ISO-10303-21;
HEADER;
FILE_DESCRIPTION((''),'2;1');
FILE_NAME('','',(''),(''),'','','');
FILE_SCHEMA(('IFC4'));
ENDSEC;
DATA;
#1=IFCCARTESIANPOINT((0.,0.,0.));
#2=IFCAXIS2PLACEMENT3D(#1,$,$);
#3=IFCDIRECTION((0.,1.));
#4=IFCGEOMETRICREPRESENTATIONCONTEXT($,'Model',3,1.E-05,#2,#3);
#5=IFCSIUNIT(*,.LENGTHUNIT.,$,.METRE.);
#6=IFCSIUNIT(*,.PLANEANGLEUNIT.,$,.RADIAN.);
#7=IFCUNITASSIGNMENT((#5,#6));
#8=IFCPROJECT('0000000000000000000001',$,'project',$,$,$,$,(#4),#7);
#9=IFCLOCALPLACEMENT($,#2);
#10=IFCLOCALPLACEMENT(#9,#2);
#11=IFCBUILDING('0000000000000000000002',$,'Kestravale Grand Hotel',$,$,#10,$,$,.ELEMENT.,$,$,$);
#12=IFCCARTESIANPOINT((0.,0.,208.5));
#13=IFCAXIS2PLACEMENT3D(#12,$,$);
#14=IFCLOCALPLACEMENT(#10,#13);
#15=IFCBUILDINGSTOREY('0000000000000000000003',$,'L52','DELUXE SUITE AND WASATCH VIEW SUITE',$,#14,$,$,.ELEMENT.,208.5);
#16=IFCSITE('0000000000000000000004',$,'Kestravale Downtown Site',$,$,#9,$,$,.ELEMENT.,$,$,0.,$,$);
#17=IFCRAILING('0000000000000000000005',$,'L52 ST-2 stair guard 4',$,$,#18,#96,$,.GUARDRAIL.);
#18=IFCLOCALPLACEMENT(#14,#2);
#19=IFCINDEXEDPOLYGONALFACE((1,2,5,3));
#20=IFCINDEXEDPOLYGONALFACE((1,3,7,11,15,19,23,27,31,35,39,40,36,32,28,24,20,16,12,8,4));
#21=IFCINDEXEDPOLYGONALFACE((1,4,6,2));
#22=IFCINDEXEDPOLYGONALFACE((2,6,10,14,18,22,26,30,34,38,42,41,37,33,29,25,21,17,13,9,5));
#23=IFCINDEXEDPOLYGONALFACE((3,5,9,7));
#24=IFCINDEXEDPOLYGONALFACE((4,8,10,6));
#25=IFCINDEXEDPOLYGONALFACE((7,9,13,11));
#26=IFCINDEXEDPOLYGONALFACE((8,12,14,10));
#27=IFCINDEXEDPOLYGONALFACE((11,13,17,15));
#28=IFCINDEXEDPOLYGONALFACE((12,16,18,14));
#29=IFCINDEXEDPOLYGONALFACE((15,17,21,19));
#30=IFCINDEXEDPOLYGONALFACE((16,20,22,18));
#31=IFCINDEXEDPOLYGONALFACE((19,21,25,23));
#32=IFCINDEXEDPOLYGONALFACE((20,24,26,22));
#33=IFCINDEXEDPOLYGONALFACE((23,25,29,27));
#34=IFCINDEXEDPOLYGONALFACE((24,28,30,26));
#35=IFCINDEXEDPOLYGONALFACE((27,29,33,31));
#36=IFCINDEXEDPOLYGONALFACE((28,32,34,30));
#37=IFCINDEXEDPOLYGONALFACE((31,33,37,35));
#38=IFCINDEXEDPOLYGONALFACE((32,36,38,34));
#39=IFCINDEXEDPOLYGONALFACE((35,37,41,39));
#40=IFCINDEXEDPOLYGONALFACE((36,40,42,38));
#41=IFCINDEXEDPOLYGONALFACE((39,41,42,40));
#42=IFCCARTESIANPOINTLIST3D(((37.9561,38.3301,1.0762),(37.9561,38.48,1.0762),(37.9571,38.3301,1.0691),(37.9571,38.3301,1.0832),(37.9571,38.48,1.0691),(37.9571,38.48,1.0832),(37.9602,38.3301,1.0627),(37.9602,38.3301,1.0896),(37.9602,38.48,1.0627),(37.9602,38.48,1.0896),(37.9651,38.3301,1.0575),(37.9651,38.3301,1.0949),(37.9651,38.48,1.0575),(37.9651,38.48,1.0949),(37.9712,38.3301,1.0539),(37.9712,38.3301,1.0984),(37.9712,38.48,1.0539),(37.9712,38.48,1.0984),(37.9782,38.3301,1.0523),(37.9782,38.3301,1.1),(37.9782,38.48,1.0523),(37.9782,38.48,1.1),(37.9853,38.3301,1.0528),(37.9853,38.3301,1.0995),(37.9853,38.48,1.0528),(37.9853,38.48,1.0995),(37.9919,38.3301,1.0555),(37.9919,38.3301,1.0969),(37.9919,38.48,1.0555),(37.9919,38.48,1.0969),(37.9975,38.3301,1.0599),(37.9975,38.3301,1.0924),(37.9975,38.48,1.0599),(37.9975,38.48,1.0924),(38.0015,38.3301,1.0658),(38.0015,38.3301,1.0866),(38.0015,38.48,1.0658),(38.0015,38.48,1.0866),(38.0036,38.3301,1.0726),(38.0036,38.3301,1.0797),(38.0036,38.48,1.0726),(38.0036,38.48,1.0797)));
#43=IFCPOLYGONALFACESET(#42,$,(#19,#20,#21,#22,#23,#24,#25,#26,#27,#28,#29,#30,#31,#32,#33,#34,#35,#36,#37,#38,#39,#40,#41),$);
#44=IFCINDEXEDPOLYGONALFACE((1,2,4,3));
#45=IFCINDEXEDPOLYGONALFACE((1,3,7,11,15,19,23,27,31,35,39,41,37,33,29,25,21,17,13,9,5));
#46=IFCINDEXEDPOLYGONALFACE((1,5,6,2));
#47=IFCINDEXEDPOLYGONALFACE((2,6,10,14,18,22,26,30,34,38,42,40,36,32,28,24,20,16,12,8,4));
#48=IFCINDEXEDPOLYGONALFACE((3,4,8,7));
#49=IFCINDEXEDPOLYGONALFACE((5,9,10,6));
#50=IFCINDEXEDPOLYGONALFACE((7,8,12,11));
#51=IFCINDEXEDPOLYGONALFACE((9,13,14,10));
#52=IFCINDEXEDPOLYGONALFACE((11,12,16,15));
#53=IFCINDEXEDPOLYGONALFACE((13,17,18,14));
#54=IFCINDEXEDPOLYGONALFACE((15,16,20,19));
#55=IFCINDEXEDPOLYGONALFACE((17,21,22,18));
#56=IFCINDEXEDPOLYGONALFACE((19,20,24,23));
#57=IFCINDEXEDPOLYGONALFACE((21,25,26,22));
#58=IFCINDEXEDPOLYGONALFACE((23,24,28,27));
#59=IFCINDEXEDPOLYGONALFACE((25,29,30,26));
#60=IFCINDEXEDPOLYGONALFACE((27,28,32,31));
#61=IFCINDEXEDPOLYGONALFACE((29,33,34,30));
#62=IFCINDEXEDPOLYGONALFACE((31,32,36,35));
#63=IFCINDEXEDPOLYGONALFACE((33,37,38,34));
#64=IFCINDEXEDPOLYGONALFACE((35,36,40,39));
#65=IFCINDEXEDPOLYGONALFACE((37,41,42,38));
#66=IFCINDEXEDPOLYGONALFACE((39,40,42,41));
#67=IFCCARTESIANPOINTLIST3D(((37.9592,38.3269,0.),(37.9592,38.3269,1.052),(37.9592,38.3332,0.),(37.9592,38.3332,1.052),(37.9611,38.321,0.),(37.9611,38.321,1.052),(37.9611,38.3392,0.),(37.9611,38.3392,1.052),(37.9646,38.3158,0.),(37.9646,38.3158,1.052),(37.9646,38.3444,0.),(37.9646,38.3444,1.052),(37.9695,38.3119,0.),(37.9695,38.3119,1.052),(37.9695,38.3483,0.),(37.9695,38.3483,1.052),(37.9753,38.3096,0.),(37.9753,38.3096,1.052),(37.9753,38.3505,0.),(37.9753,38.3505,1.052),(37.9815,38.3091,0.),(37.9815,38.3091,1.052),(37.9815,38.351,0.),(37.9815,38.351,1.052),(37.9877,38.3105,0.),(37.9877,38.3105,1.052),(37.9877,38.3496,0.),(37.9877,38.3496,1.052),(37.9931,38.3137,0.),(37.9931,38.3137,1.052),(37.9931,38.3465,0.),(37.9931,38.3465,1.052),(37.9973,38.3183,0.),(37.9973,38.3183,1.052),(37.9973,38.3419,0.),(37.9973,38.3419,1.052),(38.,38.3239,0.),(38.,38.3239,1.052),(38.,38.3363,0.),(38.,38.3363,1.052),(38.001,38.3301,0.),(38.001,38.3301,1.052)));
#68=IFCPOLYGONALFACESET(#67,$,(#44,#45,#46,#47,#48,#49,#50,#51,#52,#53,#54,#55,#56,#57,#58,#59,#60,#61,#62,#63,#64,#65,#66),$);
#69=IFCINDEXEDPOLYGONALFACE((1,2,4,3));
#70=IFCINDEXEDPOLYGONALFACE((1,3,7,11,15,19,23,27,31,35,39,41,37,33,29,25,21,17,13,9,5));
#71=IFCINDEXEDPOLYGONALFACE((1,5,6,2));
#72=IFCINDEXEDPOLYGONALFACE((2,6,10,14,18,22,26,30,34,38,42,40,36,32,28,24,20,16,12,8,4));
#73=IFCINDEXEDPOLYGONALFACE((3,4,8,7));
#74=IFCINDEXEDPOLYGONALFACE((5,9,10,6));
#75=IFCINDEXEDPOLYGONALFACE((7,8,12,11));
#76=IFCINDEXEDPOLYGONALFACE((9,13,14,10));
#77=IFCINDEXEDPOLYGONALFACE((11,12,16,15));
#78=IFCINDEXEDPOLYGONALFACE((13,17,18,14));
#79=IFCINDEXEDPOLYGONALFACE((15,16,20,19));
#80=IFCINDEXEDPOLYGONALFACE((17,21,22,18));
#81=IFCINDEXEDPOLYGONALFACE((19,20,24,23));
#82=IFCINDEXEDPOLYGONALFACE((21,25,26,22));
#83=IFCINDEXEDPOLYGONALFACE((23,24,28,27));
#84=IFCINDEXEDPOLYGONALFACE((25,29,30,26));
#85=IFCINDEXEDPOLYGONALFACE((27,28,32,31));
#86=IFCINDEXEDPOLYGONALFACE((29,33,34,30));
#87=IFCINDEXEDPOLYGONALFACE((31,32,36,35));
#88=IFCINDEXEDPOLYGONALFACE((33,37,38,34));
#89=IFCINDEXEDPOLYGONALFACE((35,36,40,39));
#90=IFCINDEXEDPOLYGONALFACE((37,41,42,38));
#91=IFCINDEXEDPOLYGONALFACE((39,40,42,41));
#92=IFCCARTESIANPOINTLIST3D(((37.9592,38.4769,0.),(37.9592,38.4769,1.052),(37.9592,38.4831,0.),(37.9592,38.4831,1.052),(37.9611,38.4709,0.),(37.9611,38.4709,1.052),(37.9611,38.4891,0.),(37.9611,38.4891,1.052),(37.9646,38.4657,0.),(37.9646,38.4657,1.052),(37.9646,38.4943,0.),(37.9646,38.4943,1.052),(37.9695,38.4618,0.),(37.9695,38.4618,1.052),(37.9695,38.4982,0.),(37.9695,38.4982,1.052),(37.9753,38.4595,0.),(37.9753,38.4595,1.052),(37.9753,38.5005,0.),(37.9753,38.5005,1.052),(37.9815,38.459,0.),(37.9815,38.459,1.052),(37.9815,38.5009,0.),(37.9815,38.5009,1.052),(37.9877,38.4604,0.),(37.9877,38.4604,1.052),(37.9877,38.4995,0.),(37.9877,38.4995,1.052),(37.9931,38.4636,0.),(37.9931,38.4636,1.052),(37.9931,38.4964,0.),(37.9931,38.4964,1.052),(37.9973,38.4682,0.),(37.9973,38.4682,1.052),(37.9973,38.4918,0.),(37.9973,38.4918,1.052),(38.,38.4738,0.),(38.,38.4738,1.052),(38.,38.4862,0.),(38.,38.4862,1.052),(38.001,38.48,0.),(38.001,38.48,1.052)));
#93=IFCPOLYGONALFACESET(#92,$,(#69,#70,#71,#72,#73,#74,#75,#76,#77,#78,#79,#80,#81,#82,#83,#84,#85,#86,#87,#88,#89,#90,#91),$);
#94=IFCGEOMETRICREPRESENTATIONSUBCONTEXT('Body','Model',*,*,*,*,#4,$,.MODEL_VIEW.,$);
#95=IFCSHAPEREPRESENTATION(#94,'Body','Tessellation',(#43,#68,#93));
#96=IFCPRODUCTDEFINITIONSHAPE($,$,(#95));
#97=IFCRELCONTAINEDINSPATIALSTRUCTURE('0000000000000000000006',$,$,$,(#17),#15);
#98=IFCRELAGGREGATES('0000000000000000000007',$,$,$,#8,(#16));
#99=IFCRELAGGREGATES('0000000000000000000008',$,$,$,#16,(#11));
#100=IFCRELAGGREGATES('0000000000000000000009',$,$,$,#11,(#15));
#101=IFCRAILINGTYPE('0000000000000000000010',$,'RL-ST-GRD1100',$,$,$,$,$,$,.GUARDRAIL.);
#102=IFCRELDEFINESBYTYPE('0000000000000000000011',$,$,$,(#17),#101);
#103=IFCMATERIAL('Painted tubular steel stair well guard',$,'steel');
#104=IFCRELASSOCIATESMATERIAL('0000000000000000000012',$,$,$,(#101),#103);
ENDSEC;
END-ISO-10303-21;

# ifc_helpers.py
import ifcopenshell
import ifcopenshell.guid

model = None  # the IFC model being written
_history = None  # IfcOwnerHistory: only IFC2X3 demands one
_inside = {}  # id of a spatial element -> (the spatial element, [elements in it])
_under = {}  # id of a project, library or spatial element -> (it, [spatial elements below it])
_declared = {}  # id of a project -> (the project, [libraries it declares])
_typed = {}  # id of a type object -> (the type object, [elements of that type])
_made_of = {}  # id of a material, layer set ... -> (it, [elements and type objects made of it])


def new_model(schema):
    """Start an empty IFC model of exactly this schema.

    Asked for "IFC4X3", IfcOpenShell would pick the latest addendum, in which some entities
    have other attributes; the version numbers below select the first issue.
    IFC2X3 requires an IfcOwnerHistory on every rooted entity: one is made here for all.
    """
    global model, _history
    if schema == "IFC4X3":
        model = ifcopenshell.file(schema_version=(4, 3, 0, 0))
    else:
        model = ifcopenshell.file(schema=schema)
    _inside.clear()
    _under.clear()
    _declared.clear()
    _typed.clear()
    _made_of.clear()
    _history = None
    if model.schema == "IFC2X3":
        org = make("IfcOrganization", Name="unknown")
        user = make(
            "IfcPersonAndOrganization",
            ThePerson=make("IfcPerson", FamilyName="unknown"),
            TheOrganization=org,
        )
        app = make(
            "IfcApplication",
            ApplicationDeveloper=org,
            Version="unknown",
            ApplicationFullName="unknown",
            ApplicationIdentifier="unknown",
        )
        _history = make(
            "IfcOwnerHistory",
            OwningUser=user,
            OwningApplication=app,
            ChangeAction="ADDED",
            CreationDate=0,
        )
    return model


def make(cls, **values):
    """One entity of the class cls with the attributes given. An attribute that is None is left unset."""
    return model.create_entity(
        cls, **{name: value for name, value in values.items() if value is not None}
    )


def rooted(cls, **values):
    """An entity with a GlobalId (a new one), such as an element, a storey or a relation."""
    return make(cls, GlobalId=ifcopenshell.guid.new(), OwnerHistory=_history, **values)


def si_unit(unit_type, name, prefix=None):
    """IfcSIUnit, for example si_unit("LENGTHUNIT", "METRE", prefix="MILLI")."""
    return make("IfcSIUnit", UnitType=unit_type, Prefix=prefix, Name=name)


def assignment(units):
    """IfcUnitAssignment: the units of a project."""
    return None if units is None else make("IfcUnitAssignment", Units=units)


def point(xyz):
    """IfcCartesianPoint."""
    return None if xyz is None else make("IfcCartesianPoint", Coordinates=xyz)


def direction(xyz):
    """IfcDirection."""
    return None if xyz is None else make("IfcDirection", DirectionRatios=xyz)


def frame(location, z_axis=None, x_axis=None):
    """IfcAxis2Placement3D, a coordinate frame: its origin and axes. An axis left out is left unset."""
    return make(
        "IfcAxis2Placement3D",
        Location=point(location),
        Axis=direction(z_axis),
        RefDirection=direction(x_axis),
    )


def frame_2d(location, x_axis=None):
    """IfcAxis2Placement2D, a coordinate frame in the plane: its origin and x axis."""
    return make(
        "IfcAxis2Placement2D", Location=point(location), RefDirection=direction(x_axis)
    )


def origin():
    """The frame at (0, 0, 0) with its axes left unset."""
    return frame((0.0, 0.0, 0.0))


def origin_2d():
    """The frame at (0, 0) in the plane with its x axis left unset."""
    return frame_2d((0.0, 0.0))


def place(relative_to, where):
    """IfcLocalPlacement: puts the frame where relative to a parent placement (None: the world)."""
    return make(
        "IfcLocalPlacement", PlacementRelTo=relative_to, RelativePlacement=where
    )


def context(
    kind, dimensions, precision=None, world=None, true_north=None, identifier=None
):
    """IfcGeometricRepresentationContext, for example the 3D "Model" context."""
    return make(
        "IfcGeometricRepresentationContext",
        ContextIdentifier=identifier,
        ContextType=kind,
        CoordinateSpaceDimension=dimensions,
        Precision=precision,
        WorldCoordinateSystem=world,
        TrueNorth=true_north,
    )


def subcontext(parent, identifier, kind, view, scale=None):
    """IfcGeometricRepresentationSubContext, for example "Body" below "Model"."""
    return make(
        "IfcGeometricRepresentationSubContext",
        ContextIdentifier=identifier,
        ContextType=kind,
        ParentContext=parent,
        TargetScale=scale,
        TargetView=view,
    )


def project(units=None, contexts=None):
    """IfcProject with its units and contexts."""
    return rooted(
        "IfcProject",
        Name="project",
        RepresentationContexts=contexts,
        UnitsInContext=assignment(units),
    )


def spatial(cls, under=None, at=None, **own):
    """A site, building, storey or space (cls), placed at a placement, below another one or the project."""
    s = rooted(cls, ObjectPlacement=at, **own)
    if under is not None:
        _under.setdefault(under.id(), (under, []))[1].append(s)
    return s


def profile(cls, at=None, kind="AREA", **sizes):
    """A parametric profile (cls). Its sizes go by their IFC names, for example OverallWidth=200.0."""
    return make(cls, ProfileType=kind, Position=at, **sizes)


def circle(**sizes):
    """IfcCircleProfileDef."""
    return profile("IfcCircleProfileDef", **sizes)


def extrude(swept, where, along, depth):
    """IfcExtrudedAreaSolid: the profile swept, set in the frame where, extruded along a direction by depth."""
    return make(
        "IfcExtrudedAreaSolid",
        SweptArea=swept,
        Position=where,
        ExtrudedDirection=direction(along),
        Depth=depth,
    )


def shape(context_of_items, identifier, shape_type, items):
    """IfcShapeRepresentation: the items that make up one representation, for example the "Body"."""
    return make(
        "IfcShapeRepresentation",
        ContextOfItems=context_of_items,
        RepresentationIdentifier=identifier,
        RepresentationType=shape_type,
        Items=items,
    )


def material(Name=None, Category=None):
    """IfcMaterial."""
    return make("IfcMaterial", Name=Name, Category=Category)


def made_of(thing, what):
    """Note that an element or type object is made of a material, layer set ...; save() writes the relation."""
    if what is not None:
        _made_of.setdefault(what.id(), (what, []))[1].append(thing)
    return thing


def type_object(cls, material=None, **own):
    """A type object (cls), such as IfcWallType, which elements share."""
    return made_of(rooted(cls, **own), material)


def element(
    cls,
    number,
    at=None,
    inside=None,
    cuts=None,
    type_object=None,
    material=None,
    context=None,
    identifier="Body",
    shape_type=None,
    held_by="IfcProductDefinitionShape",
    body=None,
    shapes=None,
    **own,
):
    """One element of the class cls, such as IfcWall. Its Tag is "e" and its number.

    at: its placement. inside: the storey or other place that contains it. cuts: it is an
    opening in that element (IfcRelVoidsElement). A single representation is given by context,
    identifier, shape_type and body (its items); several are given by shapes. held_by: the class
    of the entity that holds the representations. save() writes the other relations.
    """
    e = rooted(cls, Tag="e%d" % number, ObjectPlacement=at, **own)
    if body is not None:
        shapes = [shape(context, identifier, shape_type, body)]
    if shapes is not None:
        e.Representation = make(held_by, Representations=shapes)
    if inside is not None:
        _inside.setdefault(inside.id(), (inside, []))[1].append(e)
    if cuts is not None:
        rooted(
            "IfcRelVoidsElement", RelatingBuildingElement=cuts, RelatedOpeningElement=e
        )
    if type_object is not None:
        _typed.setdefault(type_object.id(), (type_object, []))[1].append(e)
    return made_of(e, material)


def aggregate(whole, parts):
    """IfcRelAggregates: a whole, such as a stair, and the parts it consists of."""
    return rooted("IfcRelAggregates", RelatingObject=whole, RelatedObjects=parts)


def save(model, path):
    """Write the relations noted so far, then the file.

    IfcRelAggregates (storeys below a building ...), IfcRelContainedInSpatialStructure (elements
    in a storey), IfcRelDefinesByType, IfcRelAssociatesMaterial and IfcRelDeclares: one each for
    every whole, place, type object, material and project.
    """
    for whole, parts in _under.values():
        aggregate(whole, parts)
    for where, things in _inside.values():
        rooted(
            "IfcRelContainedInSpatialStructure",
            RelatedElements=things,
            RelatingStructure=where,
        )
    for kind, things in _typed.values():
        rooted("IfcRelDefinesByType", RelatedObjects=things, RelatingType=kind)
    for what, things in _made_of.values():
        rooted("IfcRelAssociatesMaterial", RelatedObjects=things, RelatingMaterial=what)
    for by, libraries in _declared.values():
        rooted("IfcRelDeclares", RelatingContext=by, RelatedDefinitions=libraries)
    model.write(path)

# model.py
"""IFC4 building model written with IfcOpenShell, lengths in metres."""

from ifc_helpers import new_model, si_unit, direction, frame, origin, origin_2d, place, context, subcontext, project, spatial, circle, extrude, material, type_object, element, save


model = new_model("IFC4")

# Units and contexts
model_context = context("Model", 3, precision=1e-05, world=origin(), true_north=direction((0.0, 1.0)))
body_context = subcontext(model_context, "Body", "Model", "MODEL_VIEW")
ifc_project = project(units=[si_unit("LENGTHUNIT", "METRE"), si_unit("PLANEANGLEUNIT", "RADIAN")], contexts=[model_context])

# Site, building, storey
site_placement = place(None, origin())
site = spatial("IfcSite", under=ifc_project, at=site_placement, Name="Kestravale Downtown Site", CompositionType="ELEMENT", RefElevation=0.0)
building_placement = place(site_placement, origin())
building = spatial("IfcBuilding", under=site, at=building_placement, Name="Kestravale Grand Hotel", CompositionType="ELEMENT")
storey_placement = place(building_placement, frame((0.0, 0.0, 208.5)))
storey = spatial("IfcBuildingStorey", under=building, at=storey_placement, Name="L52", Description="DELUXE SUITE AND WASATCH VIEW SUITE", CompositionType="ELEMENT", Elevation=208.5)

# Railing
ifc_material_1 = material(Name="Painted tubular steel stair well guard", Category="steel")
railing_type_1 = type_object("IfcRailingType", Name="RL-ST-GRD1100", PredefinedType="GUARDRAIL", material=ifc_material_1)
railing_1_placement = place(storey_placement, frame((37.98, 38.3301, 0.0)))
element("IfcRailing", 1, at=railing_1_placement, inside=storey, type_object=railing_type_1, Name="L52 ST-2 stair guard 4", PredefinedType="GUARDRAIL", context=body_context, shape_type="SweptSolid", body=[
    extrude(circle(Radius=0.0239, at=origin_2d()), frame((0.0, 0.0, 1.0762), z_axis=(0.0, 1.0, 0.0), x_axis=(-1.0, 0.0, 0.0)), (0.0, 0.0, 1.0), 0.1499),
    extrude(circle(Radius=0.021, at=origin_2d()), origin(), (0.0, 0.0, 1.0), 1.052),
    extrude(circle(Radius=0.021, at=origin_2d()), frame((0.0, 0.1499, 0.0)), (0.0, 0.0, 1.0), 1.052),
])

save(model, "model.ifc")
